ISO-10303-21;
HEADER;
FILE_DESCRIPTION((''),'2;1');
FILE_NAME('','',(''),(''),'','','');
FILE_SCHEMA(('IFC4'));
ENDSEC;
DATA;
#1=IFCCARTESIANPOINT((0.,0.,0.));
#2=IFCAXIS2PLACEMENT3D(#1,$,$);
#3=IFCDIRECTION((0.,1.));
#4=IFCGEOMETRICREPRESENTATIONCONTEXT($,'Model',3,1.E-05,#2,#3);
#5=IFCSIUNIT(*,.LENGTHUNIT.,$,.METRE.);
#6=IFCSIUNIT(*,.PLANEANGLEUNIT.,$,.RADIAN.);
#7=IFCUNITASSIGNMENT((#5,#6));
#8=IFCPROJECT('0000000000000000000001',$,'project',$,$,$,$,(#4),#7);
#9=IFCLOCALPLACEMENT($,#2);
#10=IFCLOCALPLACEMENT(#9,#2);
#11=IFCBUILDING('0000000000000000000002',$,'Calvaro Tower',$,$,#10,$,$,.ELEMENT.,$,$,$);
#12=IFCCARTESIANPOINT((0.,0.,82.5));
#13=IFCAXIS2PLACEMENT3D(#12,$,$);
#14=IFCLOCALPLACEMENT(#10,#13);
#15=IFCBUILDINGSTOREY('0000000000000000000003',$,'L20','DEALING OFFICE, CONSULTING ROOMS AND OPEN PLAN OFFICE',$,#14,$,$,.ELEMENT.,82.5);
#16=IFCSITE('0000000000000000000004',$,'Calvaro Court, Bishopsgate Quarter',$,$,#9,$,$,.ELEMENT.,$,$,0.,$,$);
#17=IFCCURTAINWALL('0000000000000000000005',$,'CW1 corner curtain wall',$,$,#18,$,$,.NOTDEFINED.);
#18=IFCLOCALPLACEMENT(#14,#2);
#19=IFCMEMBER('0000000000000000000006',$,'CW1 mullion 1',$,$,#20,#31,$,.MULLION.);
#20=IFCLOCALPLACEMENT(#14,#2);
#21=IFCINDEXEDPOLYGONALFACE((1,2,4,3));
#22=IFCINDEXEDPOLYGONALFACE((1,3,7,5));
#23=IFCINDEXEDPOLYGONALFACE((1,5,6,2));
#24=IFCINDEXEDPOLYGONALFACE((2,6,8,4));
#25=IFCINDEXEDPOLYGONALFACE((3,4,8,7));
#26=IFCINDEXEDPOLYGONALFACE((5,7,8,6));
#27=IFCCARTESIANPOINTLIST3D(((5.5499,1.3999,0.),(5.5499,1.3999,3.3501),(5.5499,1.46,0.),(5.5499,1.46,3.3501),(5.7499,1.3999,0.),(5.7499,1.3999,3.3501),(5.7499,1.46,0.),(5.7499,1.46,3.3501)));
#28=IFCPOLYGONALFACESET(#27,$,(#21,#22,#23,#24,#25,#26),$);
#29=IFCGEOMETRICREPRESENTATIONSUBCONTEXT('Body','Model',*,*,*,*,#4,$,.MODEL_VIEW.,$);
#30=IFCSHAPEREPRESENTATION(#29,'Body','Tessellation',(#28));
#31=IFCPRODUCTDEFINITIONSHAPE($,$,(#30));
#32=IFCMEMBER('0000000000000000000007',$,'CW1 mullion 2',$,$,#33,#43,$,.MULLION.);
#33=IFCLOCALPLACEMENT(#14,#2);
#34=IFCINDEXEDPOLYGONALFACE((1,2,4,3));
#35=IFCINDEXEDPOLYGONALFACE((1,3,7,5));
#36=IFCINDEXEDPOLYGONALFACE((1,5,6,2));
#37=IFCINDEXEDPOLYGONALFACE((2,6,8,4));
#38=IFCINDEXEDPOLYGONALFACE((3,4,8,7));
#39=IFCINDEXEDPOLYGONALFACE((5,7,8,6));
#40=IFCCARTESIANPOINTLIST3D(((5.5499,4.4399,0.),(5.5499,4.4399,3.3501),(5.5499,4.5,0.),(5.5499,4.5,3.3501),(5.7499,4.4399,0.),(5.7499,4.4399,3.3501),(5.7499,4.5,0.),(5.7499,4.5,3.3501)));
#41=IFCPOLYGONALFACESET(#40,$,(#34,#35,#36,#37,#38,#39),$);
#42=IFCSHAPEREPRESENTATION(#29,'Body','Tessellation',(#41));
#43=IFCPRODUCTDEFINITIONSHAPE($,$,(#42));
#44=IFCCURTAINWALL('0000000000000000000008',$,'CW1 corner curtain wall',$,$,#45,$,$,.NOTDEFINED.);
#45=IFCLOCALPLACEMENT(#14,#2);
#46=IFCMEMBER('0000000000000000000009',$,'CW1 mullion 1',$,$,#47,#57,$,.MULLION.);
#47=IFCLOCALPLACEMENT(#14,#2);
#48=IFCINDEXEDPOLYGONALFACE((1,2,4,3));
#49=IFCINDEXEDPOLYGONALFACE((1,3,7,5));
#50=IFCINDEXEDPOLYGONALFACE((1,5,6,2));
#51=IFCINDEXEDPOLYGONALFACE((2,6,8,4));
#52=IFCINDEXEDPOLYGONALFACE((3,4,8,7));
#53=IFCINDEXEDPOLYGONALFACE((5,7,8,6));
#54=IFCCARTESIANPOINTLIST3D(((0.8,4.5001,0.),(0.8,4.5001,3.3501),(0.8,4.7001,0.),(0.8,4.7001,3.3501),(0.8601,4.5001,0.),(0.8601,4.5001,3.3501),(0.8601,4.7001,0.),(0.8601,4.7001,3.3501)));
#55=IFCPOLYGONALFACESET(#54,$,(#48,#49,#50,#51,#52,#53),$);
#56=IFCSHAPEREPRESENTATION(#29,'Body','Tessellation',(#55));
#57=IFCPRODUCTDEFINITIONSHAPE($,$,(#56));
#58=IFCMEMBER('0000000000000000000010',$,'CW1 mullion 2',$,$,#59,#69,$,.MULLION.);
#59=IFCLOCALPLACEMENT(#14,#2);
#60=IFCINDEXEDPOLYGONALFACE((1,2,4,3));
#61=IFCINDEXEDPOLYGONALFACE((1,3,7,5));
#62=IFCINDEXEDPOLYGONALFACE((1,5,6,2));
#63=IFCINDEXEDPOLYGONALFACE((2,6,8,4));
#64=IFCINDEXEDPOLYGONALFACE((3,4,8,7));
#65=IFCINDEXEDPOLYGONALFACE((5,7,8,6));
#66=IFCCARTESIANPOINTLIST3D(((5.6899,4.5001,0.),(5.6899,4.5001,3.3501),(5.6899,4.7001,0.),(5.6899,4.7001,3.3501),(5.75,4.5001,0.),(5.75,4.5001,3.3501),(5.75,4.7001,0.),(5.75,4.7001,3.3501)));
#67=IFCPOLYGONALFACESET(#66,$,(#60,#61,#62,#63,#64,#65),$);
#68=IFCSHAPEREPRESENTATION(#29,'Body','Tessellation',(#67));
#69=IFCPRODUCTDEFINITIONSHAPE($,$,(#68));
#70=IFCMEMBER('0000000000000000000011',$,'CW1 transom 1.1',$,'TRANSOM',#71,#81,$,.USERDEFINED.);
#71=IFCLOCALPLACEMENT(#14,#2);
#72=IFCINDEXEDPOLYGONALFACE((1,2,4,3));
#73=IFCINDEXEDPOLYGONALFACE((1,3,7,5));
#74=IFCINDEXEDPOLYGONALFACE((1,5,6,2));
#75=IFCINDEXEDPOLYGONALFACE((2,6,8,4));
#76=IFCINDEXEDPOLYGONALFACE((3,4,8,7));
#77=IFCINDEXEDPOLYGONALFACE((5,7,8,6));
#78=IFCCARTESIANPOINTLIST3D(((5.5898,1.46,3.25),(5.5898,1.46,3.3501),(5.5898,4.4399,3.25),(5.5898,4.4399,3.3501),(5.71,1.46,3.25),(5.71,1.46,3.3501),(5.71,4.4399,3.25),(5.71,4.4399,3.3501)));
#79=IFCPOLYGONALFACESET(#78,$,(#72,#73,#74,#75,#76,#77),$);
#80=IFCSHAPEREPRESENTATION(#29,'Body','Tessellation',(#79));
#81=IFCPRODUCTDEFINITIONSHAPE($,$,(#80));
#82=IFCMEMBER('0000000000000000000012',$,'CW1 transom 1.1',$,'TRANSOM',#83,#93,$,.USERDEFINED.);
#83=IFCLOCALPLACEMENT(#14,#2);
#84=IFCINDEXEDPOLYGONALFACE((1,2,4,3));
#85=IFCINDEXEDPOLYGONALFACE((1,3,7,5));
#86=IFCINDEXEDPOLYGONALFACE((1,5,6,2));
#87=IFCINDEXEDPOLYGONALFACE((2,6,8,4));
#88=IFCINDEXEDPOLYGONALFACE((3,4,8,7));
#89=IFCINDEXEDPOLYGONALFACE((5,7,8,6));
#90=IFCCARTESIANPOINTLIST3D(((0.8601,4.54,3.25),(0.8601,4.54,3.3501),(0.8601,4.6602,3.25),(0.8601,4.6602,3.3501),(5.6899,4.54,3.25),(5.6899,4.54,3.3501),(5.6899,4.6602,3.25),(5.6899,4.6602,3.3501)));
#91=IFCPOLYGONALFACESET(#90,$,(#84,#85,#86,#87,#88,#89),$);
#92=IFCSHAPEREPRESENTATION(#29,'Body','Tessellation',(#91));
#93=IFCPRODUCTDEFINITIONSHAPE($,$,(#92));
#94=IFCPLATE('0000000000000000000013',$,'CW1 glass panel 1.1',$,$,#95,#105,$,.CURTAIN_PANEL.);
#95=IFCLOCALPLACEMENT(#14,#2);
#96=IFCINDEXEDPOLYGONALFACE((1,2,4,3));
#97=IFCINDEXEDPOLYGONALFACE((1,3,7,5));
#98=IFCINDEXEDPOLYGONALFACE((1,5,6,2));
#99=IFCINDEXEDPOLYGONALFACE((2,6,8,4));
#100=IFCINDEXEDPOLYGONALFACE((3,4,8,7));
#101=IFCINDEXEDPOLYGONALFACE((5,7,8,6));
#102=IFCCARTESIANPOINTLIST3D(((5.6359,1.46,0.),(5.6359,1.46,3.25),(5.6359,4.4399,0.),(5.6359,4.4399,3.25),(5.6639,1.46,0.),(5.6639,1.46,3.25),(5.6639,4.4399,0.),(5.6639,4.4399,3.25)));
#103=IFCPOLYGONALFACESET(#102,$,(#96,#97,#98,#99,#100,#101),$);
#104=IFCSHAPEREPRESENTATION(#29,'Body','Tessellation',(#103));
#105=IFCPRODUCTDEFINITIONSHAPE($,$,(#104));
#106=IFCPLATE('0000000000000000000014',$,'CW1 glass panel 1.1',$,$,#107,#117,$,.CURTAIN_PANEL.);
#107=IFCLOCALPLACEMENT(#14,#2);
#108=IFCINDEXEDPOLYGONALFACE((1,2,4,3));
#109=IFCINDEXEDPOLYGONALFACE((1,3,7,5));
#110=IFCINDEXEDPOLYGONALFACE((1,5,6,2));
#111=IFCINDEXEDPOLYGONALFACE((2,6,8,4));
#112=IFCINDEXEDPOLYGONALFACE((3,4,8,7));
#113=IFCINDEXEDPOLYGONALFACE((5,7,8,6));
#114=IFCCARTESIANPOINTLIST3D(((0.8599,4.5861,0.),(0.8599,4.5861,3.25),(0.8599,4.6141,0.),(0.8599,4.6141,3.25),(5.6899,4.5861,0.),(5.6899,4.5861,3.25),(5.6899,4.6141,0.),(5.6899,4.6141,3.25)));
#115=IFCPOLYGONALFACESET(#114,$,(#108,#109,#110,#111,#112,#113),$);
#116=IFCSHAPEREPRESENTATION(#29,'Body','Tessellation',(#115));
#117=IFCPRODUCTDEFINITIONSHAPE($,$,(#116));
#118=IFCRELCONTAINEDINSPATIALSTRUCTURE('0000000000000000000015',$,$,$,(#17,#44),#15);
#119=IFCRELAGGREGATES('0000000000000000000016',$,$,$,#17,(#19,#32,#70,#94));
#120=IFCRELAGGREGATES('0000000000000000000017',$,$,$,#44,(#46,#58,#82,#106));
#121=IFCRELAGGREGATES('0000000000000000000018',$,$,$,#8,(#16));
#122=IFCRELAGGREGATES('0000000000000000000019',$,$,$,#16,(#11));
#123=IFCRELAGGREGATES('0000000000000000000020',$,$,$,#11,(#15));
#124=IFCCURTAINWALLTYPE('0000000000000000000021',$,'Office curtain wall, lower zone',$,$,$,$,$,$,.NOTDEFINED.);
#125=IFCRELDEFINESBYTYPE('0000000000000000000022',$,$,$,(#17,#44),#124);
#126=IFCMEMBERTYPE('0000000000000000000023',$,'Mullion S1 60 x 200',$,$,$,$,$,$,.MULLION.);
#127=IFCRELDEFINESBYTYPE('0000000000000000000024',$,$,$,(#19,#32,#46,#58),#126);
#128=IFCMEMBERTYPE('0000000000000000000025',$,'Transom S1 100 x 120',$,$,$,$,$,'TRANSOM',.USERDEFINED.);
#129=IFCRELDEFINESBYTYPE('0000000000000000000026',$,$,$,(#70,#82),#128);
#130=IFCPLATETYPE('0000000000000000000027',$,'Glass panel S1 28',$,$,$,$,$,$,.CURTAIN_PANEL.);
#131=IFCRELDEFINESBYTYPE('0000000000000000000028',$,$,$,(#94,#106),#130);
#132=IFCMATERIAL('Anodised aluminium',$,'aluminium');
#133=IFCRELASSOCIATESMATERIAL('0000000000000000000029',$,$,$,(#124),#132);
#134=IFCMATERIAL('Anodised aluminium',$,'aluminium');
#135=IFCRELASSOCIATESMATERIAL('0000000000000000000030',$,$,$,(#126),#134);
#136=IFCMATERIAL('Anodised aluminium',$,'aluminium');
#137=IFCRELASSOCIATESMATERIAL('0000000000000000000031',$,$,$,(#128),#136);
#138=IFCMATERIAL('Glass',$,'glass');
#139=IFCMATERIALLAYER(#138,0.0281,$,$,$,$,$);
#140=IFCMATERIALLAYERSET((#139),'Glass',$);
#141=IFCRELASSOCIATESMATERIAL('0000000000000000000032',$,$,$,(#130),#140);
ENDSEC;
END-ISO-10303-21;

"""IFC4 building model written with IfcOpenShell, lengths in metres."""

from ifc_helpers import new_model, si_unit, direction, frame, origin, origin_2d, place, context, subcontext, project, spatial, rectangle, extrude, material, layer, layer_set, material_profile, profile_set, type_object, element, aggregate, save


model = new_model("IFC4")

# Units and contexts
model_context = context("Model", 3, precision=1e-05, world=origin(), true_north=direction((0.0, 1.0)))
body_context = subcontext(model_context, "Body", "Model", "MODEL_VIEW")
ifc_project = project(units=[si_unit("LENGTHUNIT", "METRE"), si_unit("PLANEANGLEUNIT", "RADIAN")], contexts=[model_context])

# Site, building, storey
site_placement = place(None, origin())
site = spatial("IfcSite", under=ifc_project, at=site_placement, Name="Calvaro Court, Bishopsgate Quarter", CompositionType="ELEMENT", RefElevation=0.0)
building_placement = place(site_placement, origin())
building = spatial("IfcBuilding", under=site, at=building_placement, Name="Calvaro Tower", CompositionType="ELEMENT")
storey_placement = place(building_placement, frame((0.0, 0.0, 82.5)))
storey = spatial("IfcBuildingStorey", under=building, at=storey_placement, Name="L20", Description="DEALING OFFICE, CONSULTING ROOMS AND OPEN PLAN OFFICE", CompositionType="ELEMENT", Elevation=82.5)

# Curtain walls, members
ifc_material_1 = material(Name="Anodised aluminium", Category="aluminium")
curtain_wall_type = type_object("IfcCurtainWallType", Name="Office curtain wall, lower zone", PredefinedType="NOTDEFINED", material=ifc_material_1)
curtain_wall_1_placement = place(storey_placement, origin())
curtain_wall_1 = element("IfcCurtainWall", 1, at=curtain_wall_1_placement, inside=storey, type_object=curtain_wall_type, Name="CW1 corner curtain wall", PredefinedType="NOTDEFINED")
ifc_material_2 = material(Name="Anodised aluminium", Category="aluminium")
ifc_material_profile_1 = material_profile(ifc_material_2, rectangle(XDim=0.2, YDim=0.0601, at=origin_2d()), Name="Mullion S1 60 x 200")
ifc_profile_set_1 = profile_set([ifc_material_profile_1], Name="Anodised aluminium")
member_type_1 = type_object("IfcMemberType", Name="Mullion S1 60 x 200", PredefinedType="MULLION", material=ifc_profile_set_1)
member_1_placement = place(storey_placement, frame((5.6499, 1.4299, 0.0), z_axis=(0.0, 0.0, 1.0), x_axis=(-1.0, 0.0, 0.0)))
member_1 = element("IfcMember", 2, at=member_1_placement, type_object=member_type_1, Name="CW1 mullion 1", PredefinedType="MULLION", context=body_context, shape_type="SweptSolid", body=[
    extrude(rectangle(XDim=0.2, YDim=0.0601, at=origin_2d()), origin(), (0.0, 0.0, 1.0), 3.3501),
])
member_2_placement = place(storey_placement, frame((5.6499, 4.47, 0.0), z_axis=(0.0, 0.0, 1.0), x_axis=(-1.0, 0.0, 0.0)))
member_2 = element("IfcMember", 3, at=member_2_placement, type_object=member_type_1, Name="CW1 mullion 2", PredefinedType="MULLION", context=body_context, shape_type="SweptSolid", body=[
    extrude(rectangle(XDim=0.2, YDim=0.0601, at=origin_2d()), origin(), (0.0, 0.0, 1.0), 3.3501),
])
curtain_wall_2_placement = place(storey_placement, origin())
curtain_wall_2 = element("IfcCurtainWall", 4, at=curtain_wall_2_placement, inside=storey, type_object=curtain_wall_type, Name="CW1 corner curtain wall", PredefinedType="NOTDEFINED")
member_3_placement = place(storey_placement, frame((0.8301, 4.6001, 0.0), z_axis=(0.0, 0.0, 1.0), x_axis=(0.0, 1.0, 0.0)))
member_3 = element("IfcMember", 5, at=member_3_placement, type_object=member_type_1, Name="CW1 mullion 1", PredefinedType="MULLION", context=body_context, shape_type="SweptSolid", body=[
    extrude(rectangle(XDim=0.2, YDim=0.0601, at=origin_2d()), origin(), (0.0, 0.0, 1.0), 3.3501),
])
member_4_placement = place(storey_placement, frame((5.72, 4.6001, 0.0), z_axis=(0.0, 0.0, 1.0), x_axis=(0.0, 1.0, 0.0)))
member_4 = element("IfcMember", 6, at=member_4_placement, type_object=member_type_1, Name="CW1 mullion 2", PredefinedType="MULLION", context=body_context, shape_type="SweptSolid", body=[
    extrude(rectangle(XDim=0.2, YDim=0.0601, at=origin_2d()), origin(), (0.0, 0.0, 1.0), 3.3501),
])

# Members
ifc_material_3 = material(Name="Anodised aluminium", Category="aluminium")
ifc_material_profile_2 = material_profile(ifc_material_3, rectangle(XDim=0.1201, YDim=0.1001, at=origin_2d()), Name="Transom S1 100 x 120")
ifc_profile_set_2 = profile_set([ifc_material_profile_2], Name="Anodised aluminium")
member_type_2 = type_object("IfcMemberType", Name="Transom S1 100 x 120", ElementType="TRANSOM", PredefinedType="USERDEFINED", material=ifc_profile_set_2)
member_5_placement = place(storey_placement, frame((5.6499, 1.46, 3.3), z_axis=(0.0, 1.0, 0.0), x_axis=(-1.0, 0.0, 0.0)))
member_5 = element("IfcMember", 7, at=member_5_placement, type_object=member_type_2, Name="CW1 transom 1.1", ObjectType="TRANSOM", PredefinedType="USERDEFINED", context=body_context, shape_type="SweptSolid", body=[
    extrude(rectangle(XDim=0.1201, YDim=0.1001, at=origin_2d()), origin(), (0.0, 0.0, 1.0), 2.98),
])
member_6_placement = place(storey_placement, frame((0.8601, 4.6001, 3.3), z_axis=(1.0, 0.0, 0.0), x_axis=(0.0, 1.0, 0.0)))
member_6 = element("IfcMember", 8, at=member_6_placement, type_object=member_type_2, Name="CW1 transom 1.1", ObjectType="TRANSOM", PredefinedType="USERDEFINED", context=body_context, shape_type="SweptSolid", body=[
    extrude(rectangle(XDim=0.1201, YDim=0.1001, at=origin_2d()), origin(), (0.0, 0.0, 1.0), 4.8298),
])

# Plates
ifc_material_4 = material(Name="Glass", Category="glass")
ifc_layer_1 = layer(ifc_material_4, 0.0281)
ifc_layer_set_1 = layer_set([ifc_layer_1], Name="Glass")
plate_type = type_object("IfcPlateType", Name="Glass panel S1 28", PredefinedType="CURTAIN_PANEL", material=ifc_layer_set_1)
plate_1_placement = place(storey_placement, frame((5.6499, 2.95, 0.0), z_axis=(0.0, 0.0, 1.0), x_axis=(0.0, 1.0, 0.0)))
plate_1 = element("IfcPlate", 9, at=plate_1_placement, type_object=plate_type, Name="CW1 glass panel 1.1", PredefinedType="CURTAIN_PANEL", context=body_context, shape_type="SweptSolid", body=[
    extrude(rectangle(XDim=2.98, YDim=0.0281, at=origin_2d()), origin(), (0.0, 0.0, 1.0), 3.25),
])
aggregate(curtain_wall_1, [member_1, member_2, member_5, plate_1])
plate_2_placement = place(storey_placement, frame((3.2749, 4.6001, 0.0), z_axis=(0.0, 0.0, 1.0), x_axis=(1.0, 0.0, 0.0)))
plate_2 = element("IfcPlate", 10, at=plate_2_placement, type_object=plate_type, Name="CW1 glass panel 1.1", PredefinedType="CURTAIN_PANEL", context=body_context, shape_type="SweptSolid", body=[
    extrude(rectangle(XDim=4.8301, YDim=0.0281, at=origin_2d()), origin(), (0.0, 0.0, 1.0), 3.25),
])
aggregate(curtain_wall_2, [member_3, member_4, member_6, plate_2])

save(model, "model.ifc")
